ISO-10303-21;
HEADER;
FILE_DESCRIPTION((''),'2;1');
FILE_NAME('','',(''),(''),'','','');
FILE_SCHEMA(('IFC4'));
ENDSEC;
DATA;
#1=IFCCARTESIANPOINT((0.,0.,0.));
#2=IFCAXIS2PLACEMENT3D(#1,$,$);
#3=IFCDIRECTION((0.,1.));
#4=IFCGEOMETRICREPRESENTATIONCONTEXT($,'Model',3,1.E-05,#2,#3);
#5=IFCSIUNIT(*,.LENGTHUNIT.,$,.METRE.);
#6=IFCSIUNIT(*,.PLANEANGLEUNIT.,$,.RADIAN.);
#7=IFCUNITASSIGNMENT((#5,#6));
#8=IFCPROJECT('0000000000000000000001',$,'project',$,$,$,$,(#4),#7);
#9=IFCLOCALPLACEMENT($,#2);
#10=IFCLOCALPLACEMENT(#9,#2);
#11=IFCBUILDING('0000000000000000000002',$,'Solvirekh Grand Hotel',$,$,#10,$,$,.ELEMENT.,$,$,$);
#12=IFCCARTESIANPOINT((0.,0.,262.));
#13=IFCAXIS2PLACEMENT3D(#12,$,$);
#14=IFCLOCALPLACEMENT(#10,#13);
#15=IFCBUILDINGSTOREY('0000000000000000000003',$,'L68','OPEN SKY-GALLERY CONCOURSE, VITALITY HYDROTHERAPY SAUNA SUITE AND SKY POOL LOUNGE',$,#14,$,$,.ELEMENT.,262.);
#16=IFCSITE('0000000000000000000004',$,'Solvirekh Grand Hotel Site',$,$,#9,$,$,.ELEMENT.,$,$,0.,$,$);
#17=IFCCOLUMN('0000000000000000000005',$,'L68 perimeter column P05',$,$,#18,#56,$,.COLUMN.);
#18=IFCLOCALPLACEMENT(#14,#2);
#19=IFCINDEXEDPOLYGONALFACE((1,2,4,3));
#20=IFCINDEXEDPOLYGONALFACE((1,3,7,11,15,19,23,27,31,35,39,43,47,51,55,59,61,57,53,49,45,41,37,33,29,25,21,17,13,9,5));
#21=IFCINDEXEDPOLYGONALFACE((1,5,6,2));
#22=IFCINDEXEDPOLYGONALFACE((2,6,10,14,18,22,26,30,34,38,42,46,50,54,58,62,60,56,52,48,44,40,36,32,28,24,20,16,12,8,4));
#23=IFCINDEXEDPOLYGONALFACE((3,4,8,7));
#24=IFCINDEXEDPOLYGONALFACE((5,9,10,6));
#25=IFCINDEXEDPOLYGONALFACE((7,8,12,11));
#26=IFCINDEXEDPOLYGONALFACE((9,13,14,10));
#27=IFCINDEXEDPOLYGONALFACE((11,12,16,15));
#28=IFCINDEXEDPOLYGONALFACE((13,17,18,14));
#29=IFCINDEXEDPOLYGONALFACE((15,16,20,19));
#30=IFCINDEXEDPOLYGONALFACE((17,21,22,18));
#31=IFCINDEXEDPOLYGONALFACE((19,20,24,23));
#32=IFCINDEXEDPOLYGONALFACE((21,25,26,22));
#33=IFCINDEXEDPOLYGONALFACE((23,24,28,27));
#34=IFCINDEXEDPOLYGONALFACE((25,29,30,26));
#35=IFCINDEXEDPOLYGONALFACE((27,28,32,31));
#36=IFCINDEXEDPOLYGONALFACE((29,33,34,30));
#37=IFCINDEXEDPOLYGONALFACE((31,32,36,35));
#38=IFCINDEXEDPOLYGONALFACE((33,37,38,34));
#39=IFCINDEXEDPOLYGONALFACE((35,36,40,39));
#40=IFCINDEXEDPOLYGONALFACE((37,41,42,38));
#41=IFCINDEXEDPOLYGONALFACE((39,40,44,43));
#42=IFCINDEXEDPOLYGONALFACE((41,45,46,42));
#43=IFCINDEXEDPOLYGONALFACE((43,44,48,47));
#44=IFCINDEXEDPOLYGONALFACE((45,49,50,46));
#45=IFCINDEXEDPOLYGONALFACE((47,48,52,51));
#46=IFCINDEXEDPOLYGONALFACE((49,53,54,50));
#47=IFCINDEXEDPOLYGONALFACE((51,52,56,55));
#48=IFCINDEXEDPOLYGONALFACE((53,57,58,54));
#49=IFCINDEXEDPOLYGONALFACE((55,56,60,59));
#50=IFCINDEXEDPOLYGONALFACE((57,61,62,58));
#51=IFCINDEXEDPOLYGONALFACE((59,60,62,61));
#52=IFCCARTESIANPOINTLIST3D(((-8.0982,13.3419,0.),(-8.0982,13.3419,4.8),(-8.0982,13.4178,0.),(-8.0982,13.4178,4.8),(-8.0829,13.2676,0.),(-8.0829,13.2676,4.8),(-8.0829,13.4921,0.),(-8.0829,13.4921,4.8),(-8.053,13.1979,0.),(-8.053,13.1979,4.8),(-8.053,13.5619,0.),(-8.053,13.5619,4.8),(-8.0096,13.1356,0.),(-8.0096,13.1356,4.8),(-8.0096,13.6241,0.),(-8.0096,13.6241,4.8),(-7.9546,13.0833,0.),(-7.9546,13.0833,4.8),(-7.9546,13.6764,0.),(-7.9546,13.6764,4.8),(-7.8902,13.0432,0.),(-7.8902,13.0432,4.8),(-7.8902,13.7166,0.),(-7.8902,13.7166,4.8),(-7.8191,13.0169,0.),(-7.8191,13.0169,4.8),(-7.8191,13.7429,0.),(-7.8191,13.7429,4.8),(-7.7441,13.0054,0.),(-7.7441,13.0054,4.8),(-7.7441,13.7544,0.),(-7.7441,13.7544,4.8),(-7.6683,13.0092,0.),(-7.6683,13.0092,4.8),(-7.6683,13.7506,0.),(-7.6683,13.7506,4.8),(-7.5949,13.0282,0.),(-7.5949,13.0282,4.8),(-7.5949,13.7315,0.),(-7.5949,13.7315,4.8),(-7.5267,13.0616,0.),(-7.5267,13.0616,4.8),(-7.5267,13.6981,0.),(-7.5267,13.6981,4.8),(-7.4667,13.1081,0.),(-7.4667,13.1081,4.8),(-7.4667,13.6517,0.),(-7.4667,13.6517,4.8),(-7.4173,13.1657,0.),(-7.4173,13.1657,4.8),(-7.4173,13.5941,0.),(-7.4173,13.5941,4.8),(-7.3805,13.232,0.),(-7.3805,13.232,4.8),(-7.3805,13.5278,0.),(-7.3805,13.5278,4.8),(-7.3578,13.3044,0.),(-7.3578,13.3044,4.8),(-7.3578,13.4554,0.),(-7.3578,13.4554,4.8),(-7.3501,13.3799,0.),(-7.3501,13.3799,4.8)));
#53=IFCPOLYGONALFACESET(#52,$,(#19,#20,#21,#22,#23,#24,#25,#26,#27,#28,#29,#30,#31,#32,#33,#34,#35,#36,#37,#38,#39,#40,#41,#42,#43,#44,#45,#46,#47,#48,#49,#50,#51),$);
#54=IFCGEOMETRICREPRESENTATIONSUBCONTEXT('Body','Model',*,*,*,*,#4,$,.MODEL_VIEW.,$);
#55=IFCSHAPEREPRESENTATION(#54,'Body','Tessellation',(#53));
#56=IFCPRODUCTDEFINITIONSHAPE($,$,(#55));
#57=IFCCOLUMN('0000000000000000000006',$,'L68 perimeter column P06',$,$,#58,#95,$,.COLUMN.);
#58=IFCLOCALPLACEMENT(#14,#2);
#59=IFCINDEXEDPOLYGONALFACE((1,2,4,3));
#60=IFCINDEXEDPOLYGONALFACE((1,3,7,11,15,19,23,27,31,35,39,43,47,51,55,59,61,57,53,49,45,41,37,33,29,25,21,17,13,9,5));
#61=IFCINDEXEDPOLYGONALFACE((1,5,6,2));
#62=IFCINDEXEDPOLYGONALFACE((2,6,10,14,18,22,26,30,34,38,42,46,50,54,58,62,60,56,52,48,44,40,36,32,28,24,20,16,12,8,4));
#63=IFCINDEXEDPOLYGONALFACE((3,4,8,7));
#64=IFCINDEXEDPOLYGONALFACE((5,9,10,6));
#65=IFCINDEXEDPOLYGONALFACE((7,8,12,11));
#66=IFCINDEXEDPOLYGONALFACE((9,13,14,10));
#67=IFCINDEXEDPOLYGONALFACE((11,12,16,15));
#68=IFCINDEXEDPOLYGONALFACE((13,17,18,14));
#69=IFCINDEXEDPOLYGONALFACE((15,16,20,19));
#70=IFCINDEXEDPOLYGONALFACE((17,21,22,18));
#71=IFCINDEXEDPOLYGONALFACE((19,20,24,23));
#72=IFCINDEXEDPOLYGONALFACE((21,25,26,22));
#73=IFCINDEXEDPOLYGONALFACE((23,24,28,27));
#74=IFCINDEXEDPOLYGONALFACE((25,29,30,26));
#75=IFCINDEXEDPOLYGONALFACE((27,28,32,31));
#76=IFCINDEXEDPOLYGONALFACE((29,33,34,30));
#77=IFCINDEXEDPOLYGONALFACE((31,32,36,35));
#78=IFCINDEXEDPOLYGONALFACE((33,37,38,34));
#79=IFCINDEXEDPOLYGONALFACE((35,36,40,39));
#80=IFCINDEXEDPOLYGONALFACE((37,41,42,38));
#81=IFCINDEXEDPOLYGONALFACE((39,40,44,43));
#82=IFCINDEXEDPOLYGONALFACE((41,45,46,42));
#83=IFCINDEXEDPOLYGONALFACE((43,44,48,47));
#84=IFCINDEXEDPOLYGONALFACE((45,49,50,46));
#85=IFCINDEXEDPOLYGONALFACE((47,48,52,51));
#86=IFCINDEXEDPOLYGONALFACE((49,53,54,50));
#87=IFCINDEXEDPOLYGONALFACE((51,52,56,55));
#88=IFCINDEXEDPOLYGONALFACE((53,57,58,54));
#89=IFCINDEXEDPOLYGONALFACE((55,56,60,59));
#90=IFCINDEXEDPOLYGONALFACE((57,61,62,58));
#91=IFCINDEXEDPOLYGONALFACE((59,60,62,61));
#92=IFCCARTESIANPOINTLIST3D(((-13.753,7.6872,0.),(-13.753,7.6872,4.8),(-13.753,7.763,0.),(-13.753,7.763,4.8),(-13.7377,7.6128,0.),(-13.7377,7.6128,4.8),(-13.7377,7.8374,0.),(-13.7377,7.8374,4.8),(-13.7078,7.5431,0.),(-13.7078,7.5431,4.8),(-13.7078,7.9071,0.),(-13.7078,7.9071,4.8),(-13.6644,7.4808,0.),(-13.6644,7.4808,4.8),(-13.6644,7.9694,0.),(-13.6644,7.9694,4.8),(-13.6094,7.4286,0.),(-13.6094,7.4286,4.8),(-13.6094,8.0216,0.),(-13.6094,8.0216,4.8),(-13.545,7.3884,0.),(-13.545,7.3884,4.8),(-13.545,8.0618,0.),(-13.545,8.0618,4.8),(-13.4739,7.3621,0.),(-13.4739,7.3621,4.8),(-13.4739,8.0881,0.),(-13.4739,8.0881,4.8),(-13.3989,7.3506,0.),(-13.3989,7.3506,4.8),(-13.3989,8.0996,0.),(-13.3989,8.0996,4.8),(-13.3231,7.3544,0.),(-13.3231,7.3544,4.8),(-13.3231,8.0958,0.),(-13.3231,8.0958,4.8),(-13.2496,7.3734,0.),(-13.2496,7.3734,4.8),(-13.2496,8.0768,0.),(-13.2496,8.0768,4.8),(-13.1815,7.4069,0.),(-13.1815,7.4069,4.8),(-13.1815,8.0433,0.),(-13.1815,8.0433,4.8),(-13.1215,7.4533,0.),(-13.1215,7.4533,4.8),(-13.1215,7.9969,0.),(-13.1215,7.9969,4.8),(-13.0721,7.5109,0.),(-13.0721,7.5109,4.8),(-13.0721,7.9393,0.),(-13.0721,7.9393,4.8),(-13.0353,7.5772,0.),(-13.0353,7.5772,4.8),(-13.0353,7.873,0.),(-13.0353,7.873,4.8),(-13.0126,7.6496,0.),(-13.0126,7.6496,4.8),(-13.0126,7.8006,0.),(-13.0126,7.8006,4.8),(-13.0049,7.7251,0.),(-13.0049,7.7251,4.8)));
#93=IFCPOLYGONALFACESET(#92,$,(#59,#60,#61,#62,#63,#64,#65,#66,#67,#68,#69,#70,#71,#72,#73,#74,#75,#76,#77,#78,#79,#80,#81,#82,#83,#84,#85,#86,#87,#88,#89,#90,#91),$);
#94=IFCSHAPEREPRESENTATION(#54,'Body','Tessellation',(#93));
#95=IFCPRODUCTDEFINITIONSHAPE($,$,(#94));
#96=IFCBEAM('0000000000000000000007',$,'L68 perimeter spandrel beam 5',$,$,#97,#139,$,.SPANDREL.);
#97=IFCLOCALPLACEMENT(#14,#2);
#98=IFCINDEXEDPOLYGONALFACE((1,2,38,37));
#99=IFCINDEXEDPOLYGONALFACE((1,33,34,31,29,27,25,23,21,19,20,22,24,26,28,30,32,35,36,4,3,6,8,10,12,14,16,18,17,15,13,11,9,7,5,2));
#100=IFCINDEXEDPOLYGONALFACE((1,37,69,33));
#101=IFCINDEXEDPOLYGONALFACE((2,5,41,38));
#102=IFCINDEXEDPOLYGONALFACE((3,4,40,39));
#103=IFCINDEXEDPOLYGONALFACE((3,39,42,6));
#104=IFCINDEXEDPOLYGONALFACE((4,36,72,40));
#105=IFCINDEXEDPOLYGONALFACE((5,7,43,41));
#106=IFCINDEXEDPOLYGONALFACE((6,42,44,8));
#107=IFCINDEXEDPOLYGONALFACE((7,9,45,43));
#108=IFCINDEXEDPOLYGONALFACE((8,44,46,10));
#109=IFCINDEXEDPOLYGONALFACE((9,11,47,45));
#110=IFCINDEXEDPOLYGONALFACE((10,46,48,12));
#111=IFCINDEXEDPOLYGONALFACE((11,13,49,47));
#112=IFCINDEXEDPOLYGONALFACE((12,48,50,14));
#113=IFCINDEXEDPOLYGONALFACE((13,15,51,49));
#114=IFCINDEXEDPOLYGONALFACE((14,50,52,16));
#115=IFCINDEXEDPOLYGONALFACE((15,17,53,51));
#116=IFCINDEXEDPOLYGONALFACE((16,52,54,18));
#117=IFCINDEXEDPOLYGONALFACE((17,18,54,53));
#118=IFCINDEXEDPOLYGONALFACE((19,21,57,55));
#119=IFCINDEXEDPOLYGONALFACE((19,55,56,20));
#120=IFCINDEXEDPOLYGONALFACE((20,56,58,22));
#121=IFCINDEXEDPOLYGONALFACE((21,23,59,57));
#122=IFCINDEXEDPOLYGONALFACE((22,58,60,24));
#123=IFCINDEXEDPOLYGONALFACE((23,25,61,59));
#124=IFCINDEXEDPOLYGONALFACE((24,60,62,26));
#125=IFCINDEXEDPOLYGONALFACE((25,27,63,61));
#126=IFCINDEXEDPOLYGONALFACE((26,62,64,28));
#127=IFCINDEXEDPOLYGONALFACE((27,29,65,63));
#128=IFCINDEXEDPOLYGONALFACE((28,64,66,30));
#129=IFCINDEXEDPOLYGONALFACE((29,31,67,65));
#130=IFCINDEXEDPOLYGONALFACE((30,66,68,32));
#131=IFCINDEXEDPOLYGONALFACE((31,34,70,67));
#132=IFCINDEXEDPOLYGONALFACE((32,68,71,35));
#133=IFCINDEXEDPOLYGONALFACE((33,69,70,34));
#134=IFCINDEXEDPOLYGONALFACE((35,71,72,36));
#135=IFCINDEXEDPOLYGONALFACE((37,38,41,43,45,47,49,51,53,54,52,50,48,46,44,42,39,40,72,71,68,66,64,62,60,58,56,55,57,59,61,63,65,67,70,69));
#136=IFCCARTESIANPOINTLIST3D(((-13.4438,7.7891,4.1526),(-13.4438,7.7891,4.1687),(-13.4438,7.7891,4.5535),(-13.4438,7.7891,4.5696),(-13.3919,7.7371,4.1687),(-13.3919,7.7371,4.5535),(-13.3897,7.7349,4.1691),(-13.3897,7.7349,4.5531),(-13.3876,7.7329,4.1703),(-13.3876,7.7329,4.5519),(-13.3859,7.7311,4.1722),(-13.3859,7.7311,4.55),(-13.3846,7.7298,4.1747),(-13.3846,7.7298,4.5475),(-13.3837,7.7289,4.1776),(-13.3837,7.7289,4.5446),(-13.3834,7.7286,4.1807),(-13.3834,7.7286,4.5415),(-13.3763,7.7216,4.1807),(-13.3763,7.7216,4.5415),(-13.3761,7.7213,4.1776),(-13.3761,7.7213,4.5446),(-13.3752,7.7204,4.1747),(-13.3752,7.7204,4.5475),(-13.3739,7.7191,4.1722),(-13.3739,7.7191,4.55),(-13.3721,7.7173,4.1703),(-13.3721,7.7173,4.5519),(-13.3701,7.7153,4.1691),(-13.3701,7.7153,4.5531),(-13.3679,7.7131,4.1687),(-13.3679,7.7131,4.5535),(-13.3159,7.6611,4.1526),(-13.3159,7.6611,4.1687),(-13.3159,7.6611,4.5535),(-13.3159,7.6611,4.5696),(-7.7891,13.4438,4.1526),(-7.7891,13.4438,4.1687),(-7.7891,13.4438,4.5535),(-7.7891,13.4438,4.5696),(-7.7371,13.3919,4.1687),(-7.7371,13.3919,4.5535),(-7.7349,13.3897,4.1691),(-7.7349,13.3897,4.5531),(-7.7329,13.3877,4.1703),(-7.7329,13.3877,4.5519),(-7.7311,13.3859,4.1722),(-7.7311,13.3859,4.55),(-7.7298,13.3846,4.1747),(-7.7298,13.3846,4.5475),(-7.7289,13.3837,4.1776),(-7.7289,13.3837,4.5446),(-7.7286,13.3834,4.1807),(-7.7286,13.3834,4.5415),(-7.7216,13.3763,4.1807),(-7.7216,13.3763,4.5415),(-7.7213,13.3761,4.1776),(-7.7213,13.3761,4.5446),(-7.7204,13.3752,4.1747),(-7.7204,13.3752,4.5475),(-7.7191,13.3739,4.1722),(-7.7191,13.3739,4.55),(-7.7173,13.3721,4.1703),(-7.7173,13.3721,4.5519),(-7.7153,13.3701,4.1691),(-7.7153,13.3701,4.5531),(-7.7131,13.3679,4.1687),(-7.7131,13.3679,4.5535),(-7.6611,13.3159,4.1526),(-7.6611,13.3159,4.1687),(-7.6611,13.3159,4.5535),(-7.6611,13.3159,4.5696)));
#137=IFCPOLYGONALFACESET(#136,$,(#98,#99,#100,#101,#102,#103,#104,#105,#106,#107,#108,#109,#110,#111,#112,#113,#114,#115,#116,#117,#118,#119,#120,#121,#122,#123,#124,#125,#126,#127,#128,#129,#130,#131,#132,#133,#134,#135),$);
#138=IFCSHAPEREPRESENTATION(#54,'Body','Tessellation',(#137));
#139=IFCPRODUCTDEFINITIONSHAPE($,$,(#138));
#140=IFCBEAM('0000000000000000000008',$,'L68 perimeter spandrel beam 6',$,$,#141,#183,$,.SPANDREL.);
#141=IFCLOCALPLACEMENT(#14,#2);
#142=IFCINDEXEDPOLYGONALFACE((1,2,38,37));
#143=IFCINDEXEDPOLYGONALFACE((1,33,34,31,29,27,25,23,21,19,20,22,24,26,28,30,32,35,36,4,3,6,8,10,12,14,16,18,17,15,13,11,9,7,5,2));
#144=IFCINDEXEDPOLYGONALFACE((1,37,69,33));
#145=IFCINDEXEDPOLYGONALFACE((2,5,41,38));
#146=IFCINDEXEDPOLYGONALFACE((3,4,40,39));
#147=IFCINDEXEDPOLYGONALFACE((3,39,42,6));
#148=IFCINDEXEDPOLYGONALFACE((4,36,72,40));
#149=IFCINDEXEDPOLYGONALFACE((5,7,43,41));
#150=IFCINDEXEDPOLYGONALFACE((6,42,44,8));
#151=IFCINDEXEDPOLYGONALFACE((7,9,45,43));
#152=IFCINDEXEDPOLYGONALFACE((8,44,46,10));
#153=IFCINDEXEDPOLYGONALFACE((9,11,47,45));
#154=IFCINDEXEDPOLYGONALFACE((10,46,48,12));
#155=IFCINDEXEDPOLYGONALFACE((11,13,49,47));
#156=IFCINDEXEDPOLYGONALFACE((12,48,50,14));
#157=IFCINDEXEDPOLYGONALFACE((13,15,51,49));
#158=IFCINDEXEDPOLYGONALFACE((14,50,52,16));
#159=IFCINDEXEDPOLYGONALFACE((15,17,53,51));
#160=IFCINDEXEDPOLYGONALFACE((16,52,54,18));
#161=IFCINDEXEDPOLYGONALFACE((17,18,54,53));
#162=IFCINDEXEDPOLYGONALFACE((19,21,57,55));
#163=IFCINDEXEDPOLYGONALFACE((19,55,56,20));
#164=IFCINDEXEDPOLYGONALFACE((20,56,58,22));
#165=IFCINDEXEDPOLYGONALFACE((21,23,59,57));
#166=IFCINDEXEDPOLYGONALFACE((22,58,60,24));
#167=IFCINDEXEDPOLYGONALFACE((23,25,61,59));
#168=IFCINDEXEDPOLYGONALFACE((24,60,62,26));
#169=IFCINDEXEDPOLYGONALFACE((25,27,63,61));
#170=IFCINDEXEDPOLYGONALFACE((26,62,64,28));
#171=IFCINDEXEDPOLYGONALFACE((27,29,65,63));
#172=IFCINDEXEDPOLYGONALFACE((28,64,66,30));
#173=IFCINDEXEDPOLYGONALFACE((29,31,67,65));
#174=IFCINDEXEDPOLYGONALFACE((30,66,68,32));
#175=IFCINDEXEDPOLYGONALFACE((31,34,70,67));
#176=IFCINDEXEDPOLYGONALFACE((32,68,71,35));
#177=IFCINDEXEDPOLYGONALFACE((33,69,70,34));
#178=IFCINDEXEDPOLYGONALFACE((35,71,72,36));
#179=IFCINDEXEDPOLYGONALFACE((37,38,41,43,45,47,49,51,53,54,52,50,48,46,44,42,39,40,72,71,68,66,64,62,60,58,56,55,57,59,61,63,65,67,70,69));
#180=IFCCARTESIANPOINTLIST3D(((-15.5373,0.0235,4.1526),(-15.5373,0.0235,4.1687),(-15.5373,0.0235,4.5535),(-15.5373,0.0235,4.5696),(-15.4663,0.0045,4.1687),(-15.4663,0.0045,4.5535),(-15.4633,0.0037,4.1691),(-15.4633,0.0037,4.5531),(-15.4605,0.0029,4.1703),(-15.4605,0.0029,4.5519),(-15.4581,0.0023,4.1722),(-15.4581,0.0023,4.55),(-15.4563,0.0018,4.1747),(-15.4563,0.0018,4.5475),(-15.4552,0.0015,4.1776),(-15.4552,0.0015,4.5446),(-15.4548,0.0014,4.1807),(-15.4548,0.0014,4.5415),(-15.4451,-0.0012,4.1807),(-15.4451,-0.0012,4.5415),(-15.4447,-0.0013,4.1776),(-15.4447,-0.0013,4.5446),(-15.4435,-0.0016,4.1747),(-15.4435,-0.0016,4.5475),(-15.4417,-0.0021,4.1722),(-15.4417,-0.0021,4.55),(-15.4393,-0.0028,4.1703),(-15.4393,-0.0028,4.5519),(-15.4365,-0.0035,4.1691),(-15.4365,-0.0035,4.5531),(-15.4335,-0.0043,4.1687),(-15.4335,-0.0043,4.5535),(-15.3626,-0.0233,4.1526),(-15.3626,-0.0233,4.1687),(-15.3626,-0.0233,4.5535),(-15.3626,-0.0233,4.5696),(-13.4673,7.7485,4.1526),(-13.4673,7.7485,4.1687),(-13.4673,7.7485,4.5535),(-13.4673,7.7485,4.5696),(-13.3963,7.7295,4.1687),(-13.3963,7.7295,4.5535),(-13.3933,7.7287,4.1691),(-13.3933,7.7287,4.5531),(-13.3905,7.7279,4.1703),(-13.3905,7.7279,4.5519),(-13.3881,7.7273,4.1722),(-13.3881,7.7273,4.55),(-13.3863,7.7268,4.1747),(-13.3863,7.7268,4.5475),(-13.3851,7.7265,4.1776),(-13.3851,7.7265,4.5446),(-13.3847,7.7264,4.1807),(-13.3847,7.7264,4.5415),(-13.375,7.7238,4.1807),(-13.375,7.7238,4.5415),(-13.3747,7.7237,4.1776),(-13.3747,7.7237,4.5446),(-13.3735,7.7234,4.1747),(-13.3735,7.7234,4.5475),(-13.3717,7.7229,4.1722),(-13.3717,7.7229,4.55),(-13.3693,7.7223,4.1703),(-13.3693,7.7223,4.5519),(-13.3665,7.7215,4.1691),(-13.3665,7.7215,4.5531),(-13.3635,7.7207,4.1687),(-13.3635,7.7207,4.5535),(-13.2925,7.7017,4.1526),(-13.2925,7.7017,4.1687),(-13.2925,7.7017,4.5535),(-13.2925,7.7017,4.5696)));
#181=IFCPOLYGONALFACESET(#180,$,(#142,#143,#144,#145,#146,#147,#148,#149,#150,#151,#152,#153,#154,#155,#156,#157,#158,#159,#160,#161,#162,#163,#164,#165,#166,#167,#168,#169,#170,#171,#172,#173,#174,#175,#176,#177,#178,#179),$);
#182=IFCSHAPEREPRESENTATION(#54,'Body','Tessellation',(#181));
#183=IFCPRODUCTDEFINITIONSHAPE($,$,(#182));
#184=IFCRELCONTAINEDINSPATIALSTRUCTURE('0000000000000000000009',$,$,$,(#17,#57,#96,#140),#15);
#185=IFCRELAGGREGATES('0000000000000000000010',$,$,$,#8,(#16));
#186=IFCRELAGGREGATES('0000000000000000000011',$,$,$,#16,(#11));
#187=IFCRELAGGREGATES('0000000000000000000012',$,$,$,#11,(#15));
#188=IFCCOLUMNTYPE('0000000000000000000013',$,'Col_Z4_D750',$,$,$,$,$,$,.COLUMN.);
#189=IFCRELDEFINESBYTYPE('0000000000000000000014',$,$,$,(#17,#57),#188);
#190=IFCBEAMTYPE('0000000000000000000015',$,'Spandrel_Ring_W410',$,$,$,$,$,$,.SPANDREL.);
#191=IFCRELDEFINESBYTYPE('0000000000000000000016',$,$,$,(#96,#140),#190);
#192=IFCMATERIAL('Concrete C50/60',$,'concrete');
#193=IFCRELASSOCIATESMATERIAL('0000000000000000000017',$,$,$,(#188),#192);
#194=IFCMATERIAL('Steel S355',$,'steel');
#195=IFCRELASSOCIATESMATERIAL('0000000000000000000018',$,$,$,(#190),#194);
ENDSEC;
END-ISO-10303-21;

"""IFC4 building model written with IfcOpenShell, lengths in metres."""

from ifc_helpers import new_model, si_unit, direction, frame, origin, origin_2d, place, context, subcontext, project, spatial, circle, i_section, extrude, material, material_profile, profile_set, type_object, element, save


model = new_model("IFC4")

# Units and contexts
model_context = context("Model", 3, precision=1e-05, world=origin(), true_north=direction((0.0, 1.0)))
body_context = subcontext(model_context, "Body", "Model", "MODEL_VIEW")
ifc_project = project(units=[si_unit("LENGTHUNIT", "METRE"), si_unit("PLANEANGLEUNIT", "RADIAN")], contexts=[model_context])

# Site, building, storey
site_placement = place(None, origin())
site = spatial("IfcSite", under=ifc_project, at=site_placement, Name="Solvirekh Grand Hotel Site", CompositionType="ELEMENT", RefElevation=0.0)
building_placement = place(site_placement, origin())
building = spatial("IfcBuilding", under=site, at=building_placement, Name="Solvirekh Grand Hotel", CompositionType="ELEMENT")
storey_placement = place(building_placement, frame((0.0, 0.0, 262.0)))
storey = spatial("IfcBuildingStorey", under=building, at=storey_placement, Name="L68", Description="OPEN SKY-GALLERY CONCOURSE, VITALITY HYDROTHERAPY SAUNA SUITE AND SKY POOL LOUNGE", CompositionType="ELEMENT", Elevation=262.0)

# Columns
ifc_material_1 = material(Name="Concrete C50/60", Category="concrete")
ifc_material_profile_1 = material_profile(ifc_material_1, circle(Radius=0.375, at=origin_2d()), Name="RC CIRC D750")
ifc_profile_set_1 = profile_set([ifc_material_profile_1], Name="Concrete C50/60")
column_type = type_object("IfcColumnType", Name="Col_Z4_D750", PredefinedType="COLUMN", material=ifc_profile_set_1)
for number, where, z_axis, x_axis, name in (
    (1, (-7.7251, 13.3799, 0.0), (0.0, 0.0, 1.0), (1.0, 0.0, 0.0), "L68 perimeter column P05"),
    (2, (-13.3799, 7.7251, 0.0), (0.0, 0.0, 1.0), (1.0, 0.0, 0.0), "L68 perimeter column P06"),
):
    element("IfcColumn", number, at=place(storey_placement, frame(where, z_axis=z_axis, x_axis=x_axis)), inside=storey, type_object=column_type, Name=name, PredefinedType="COLUMN", context=body_context, shape_type="SweptSolid", body=[
        extrude(circle(Radius=0.375, at=origin_2d()), origin(), (0.0, 0.0, 1.0), 4.8),
    ])

# Beams
ifc_material_2 = material(Name="Steel S355", Category="steel")
ifc_material_profile_2 = material_profile(ifc_material_2, i_section(OverallWidth=0.1809, OverallDepth=0.417, WebThickness=0.01, FlangeThickness=0.0161, FilletRadius=0.012, at=origin_2d()), Name="W410X85")
ifc_profile_set_2 = profile_set([ifc_material_profile_2], Name="Steel S355")
beam_type = type_object("IfcBeamType", Name="Spandrel_Ring_W410", PredefinedType="SPANDREL", material=ifc_profile_set_2)
beam_1_placement = place(storey_placement, frame((-7.7251, 13.3799, 4.3611), z_axis=(-0.707107, -0.707107, 0.0), x_axis=(0.707107, -0.707107, 0.0)))
element("IfcBeam", 3, at=beam_1_placement, inside=storey, type_object=beam_type, Name="L68 perimeter spandrel beam 5", PredefinedType="SPANDREL", context=body_context, shape_type="SweptSolid", body=[
    extrude(i_section(OverallWidth=0.1809, OverallDepth=0.417, WebThickness=0.01, FlangeThickness=0.0161, FilletRadius=0.012, at=origin_2d()), origin(), (0.0, 0.0, 1.0), 7.9971),
])
beam_2_placement = place(storey_placement, frame((-13.3799, 7.7251, 4.3611), z_axis=(-0.258835, -0.965922, 0.0), x_axis=(0.965922, -0.258835, 0.0)))
element("IfcBeam", 4, at=beam_2_placement, inside=storey, type_object=beam_type, Name="L68 perimeter spandrel beam 6", PredefinedType="SPANDREL", context=body_context, shape_type="SweptSolid", body=[
    extrude(i_section(OverallWidth=0.1809, OverallDepth=0.417, WebThickness=0.01, FlangeThickness=0.0161, FilletRadius=0.012, at=origin_2d()), origin(), (0.0, 0.0, 1.0), 7.9976),
])

save(model, "model.ifc")
